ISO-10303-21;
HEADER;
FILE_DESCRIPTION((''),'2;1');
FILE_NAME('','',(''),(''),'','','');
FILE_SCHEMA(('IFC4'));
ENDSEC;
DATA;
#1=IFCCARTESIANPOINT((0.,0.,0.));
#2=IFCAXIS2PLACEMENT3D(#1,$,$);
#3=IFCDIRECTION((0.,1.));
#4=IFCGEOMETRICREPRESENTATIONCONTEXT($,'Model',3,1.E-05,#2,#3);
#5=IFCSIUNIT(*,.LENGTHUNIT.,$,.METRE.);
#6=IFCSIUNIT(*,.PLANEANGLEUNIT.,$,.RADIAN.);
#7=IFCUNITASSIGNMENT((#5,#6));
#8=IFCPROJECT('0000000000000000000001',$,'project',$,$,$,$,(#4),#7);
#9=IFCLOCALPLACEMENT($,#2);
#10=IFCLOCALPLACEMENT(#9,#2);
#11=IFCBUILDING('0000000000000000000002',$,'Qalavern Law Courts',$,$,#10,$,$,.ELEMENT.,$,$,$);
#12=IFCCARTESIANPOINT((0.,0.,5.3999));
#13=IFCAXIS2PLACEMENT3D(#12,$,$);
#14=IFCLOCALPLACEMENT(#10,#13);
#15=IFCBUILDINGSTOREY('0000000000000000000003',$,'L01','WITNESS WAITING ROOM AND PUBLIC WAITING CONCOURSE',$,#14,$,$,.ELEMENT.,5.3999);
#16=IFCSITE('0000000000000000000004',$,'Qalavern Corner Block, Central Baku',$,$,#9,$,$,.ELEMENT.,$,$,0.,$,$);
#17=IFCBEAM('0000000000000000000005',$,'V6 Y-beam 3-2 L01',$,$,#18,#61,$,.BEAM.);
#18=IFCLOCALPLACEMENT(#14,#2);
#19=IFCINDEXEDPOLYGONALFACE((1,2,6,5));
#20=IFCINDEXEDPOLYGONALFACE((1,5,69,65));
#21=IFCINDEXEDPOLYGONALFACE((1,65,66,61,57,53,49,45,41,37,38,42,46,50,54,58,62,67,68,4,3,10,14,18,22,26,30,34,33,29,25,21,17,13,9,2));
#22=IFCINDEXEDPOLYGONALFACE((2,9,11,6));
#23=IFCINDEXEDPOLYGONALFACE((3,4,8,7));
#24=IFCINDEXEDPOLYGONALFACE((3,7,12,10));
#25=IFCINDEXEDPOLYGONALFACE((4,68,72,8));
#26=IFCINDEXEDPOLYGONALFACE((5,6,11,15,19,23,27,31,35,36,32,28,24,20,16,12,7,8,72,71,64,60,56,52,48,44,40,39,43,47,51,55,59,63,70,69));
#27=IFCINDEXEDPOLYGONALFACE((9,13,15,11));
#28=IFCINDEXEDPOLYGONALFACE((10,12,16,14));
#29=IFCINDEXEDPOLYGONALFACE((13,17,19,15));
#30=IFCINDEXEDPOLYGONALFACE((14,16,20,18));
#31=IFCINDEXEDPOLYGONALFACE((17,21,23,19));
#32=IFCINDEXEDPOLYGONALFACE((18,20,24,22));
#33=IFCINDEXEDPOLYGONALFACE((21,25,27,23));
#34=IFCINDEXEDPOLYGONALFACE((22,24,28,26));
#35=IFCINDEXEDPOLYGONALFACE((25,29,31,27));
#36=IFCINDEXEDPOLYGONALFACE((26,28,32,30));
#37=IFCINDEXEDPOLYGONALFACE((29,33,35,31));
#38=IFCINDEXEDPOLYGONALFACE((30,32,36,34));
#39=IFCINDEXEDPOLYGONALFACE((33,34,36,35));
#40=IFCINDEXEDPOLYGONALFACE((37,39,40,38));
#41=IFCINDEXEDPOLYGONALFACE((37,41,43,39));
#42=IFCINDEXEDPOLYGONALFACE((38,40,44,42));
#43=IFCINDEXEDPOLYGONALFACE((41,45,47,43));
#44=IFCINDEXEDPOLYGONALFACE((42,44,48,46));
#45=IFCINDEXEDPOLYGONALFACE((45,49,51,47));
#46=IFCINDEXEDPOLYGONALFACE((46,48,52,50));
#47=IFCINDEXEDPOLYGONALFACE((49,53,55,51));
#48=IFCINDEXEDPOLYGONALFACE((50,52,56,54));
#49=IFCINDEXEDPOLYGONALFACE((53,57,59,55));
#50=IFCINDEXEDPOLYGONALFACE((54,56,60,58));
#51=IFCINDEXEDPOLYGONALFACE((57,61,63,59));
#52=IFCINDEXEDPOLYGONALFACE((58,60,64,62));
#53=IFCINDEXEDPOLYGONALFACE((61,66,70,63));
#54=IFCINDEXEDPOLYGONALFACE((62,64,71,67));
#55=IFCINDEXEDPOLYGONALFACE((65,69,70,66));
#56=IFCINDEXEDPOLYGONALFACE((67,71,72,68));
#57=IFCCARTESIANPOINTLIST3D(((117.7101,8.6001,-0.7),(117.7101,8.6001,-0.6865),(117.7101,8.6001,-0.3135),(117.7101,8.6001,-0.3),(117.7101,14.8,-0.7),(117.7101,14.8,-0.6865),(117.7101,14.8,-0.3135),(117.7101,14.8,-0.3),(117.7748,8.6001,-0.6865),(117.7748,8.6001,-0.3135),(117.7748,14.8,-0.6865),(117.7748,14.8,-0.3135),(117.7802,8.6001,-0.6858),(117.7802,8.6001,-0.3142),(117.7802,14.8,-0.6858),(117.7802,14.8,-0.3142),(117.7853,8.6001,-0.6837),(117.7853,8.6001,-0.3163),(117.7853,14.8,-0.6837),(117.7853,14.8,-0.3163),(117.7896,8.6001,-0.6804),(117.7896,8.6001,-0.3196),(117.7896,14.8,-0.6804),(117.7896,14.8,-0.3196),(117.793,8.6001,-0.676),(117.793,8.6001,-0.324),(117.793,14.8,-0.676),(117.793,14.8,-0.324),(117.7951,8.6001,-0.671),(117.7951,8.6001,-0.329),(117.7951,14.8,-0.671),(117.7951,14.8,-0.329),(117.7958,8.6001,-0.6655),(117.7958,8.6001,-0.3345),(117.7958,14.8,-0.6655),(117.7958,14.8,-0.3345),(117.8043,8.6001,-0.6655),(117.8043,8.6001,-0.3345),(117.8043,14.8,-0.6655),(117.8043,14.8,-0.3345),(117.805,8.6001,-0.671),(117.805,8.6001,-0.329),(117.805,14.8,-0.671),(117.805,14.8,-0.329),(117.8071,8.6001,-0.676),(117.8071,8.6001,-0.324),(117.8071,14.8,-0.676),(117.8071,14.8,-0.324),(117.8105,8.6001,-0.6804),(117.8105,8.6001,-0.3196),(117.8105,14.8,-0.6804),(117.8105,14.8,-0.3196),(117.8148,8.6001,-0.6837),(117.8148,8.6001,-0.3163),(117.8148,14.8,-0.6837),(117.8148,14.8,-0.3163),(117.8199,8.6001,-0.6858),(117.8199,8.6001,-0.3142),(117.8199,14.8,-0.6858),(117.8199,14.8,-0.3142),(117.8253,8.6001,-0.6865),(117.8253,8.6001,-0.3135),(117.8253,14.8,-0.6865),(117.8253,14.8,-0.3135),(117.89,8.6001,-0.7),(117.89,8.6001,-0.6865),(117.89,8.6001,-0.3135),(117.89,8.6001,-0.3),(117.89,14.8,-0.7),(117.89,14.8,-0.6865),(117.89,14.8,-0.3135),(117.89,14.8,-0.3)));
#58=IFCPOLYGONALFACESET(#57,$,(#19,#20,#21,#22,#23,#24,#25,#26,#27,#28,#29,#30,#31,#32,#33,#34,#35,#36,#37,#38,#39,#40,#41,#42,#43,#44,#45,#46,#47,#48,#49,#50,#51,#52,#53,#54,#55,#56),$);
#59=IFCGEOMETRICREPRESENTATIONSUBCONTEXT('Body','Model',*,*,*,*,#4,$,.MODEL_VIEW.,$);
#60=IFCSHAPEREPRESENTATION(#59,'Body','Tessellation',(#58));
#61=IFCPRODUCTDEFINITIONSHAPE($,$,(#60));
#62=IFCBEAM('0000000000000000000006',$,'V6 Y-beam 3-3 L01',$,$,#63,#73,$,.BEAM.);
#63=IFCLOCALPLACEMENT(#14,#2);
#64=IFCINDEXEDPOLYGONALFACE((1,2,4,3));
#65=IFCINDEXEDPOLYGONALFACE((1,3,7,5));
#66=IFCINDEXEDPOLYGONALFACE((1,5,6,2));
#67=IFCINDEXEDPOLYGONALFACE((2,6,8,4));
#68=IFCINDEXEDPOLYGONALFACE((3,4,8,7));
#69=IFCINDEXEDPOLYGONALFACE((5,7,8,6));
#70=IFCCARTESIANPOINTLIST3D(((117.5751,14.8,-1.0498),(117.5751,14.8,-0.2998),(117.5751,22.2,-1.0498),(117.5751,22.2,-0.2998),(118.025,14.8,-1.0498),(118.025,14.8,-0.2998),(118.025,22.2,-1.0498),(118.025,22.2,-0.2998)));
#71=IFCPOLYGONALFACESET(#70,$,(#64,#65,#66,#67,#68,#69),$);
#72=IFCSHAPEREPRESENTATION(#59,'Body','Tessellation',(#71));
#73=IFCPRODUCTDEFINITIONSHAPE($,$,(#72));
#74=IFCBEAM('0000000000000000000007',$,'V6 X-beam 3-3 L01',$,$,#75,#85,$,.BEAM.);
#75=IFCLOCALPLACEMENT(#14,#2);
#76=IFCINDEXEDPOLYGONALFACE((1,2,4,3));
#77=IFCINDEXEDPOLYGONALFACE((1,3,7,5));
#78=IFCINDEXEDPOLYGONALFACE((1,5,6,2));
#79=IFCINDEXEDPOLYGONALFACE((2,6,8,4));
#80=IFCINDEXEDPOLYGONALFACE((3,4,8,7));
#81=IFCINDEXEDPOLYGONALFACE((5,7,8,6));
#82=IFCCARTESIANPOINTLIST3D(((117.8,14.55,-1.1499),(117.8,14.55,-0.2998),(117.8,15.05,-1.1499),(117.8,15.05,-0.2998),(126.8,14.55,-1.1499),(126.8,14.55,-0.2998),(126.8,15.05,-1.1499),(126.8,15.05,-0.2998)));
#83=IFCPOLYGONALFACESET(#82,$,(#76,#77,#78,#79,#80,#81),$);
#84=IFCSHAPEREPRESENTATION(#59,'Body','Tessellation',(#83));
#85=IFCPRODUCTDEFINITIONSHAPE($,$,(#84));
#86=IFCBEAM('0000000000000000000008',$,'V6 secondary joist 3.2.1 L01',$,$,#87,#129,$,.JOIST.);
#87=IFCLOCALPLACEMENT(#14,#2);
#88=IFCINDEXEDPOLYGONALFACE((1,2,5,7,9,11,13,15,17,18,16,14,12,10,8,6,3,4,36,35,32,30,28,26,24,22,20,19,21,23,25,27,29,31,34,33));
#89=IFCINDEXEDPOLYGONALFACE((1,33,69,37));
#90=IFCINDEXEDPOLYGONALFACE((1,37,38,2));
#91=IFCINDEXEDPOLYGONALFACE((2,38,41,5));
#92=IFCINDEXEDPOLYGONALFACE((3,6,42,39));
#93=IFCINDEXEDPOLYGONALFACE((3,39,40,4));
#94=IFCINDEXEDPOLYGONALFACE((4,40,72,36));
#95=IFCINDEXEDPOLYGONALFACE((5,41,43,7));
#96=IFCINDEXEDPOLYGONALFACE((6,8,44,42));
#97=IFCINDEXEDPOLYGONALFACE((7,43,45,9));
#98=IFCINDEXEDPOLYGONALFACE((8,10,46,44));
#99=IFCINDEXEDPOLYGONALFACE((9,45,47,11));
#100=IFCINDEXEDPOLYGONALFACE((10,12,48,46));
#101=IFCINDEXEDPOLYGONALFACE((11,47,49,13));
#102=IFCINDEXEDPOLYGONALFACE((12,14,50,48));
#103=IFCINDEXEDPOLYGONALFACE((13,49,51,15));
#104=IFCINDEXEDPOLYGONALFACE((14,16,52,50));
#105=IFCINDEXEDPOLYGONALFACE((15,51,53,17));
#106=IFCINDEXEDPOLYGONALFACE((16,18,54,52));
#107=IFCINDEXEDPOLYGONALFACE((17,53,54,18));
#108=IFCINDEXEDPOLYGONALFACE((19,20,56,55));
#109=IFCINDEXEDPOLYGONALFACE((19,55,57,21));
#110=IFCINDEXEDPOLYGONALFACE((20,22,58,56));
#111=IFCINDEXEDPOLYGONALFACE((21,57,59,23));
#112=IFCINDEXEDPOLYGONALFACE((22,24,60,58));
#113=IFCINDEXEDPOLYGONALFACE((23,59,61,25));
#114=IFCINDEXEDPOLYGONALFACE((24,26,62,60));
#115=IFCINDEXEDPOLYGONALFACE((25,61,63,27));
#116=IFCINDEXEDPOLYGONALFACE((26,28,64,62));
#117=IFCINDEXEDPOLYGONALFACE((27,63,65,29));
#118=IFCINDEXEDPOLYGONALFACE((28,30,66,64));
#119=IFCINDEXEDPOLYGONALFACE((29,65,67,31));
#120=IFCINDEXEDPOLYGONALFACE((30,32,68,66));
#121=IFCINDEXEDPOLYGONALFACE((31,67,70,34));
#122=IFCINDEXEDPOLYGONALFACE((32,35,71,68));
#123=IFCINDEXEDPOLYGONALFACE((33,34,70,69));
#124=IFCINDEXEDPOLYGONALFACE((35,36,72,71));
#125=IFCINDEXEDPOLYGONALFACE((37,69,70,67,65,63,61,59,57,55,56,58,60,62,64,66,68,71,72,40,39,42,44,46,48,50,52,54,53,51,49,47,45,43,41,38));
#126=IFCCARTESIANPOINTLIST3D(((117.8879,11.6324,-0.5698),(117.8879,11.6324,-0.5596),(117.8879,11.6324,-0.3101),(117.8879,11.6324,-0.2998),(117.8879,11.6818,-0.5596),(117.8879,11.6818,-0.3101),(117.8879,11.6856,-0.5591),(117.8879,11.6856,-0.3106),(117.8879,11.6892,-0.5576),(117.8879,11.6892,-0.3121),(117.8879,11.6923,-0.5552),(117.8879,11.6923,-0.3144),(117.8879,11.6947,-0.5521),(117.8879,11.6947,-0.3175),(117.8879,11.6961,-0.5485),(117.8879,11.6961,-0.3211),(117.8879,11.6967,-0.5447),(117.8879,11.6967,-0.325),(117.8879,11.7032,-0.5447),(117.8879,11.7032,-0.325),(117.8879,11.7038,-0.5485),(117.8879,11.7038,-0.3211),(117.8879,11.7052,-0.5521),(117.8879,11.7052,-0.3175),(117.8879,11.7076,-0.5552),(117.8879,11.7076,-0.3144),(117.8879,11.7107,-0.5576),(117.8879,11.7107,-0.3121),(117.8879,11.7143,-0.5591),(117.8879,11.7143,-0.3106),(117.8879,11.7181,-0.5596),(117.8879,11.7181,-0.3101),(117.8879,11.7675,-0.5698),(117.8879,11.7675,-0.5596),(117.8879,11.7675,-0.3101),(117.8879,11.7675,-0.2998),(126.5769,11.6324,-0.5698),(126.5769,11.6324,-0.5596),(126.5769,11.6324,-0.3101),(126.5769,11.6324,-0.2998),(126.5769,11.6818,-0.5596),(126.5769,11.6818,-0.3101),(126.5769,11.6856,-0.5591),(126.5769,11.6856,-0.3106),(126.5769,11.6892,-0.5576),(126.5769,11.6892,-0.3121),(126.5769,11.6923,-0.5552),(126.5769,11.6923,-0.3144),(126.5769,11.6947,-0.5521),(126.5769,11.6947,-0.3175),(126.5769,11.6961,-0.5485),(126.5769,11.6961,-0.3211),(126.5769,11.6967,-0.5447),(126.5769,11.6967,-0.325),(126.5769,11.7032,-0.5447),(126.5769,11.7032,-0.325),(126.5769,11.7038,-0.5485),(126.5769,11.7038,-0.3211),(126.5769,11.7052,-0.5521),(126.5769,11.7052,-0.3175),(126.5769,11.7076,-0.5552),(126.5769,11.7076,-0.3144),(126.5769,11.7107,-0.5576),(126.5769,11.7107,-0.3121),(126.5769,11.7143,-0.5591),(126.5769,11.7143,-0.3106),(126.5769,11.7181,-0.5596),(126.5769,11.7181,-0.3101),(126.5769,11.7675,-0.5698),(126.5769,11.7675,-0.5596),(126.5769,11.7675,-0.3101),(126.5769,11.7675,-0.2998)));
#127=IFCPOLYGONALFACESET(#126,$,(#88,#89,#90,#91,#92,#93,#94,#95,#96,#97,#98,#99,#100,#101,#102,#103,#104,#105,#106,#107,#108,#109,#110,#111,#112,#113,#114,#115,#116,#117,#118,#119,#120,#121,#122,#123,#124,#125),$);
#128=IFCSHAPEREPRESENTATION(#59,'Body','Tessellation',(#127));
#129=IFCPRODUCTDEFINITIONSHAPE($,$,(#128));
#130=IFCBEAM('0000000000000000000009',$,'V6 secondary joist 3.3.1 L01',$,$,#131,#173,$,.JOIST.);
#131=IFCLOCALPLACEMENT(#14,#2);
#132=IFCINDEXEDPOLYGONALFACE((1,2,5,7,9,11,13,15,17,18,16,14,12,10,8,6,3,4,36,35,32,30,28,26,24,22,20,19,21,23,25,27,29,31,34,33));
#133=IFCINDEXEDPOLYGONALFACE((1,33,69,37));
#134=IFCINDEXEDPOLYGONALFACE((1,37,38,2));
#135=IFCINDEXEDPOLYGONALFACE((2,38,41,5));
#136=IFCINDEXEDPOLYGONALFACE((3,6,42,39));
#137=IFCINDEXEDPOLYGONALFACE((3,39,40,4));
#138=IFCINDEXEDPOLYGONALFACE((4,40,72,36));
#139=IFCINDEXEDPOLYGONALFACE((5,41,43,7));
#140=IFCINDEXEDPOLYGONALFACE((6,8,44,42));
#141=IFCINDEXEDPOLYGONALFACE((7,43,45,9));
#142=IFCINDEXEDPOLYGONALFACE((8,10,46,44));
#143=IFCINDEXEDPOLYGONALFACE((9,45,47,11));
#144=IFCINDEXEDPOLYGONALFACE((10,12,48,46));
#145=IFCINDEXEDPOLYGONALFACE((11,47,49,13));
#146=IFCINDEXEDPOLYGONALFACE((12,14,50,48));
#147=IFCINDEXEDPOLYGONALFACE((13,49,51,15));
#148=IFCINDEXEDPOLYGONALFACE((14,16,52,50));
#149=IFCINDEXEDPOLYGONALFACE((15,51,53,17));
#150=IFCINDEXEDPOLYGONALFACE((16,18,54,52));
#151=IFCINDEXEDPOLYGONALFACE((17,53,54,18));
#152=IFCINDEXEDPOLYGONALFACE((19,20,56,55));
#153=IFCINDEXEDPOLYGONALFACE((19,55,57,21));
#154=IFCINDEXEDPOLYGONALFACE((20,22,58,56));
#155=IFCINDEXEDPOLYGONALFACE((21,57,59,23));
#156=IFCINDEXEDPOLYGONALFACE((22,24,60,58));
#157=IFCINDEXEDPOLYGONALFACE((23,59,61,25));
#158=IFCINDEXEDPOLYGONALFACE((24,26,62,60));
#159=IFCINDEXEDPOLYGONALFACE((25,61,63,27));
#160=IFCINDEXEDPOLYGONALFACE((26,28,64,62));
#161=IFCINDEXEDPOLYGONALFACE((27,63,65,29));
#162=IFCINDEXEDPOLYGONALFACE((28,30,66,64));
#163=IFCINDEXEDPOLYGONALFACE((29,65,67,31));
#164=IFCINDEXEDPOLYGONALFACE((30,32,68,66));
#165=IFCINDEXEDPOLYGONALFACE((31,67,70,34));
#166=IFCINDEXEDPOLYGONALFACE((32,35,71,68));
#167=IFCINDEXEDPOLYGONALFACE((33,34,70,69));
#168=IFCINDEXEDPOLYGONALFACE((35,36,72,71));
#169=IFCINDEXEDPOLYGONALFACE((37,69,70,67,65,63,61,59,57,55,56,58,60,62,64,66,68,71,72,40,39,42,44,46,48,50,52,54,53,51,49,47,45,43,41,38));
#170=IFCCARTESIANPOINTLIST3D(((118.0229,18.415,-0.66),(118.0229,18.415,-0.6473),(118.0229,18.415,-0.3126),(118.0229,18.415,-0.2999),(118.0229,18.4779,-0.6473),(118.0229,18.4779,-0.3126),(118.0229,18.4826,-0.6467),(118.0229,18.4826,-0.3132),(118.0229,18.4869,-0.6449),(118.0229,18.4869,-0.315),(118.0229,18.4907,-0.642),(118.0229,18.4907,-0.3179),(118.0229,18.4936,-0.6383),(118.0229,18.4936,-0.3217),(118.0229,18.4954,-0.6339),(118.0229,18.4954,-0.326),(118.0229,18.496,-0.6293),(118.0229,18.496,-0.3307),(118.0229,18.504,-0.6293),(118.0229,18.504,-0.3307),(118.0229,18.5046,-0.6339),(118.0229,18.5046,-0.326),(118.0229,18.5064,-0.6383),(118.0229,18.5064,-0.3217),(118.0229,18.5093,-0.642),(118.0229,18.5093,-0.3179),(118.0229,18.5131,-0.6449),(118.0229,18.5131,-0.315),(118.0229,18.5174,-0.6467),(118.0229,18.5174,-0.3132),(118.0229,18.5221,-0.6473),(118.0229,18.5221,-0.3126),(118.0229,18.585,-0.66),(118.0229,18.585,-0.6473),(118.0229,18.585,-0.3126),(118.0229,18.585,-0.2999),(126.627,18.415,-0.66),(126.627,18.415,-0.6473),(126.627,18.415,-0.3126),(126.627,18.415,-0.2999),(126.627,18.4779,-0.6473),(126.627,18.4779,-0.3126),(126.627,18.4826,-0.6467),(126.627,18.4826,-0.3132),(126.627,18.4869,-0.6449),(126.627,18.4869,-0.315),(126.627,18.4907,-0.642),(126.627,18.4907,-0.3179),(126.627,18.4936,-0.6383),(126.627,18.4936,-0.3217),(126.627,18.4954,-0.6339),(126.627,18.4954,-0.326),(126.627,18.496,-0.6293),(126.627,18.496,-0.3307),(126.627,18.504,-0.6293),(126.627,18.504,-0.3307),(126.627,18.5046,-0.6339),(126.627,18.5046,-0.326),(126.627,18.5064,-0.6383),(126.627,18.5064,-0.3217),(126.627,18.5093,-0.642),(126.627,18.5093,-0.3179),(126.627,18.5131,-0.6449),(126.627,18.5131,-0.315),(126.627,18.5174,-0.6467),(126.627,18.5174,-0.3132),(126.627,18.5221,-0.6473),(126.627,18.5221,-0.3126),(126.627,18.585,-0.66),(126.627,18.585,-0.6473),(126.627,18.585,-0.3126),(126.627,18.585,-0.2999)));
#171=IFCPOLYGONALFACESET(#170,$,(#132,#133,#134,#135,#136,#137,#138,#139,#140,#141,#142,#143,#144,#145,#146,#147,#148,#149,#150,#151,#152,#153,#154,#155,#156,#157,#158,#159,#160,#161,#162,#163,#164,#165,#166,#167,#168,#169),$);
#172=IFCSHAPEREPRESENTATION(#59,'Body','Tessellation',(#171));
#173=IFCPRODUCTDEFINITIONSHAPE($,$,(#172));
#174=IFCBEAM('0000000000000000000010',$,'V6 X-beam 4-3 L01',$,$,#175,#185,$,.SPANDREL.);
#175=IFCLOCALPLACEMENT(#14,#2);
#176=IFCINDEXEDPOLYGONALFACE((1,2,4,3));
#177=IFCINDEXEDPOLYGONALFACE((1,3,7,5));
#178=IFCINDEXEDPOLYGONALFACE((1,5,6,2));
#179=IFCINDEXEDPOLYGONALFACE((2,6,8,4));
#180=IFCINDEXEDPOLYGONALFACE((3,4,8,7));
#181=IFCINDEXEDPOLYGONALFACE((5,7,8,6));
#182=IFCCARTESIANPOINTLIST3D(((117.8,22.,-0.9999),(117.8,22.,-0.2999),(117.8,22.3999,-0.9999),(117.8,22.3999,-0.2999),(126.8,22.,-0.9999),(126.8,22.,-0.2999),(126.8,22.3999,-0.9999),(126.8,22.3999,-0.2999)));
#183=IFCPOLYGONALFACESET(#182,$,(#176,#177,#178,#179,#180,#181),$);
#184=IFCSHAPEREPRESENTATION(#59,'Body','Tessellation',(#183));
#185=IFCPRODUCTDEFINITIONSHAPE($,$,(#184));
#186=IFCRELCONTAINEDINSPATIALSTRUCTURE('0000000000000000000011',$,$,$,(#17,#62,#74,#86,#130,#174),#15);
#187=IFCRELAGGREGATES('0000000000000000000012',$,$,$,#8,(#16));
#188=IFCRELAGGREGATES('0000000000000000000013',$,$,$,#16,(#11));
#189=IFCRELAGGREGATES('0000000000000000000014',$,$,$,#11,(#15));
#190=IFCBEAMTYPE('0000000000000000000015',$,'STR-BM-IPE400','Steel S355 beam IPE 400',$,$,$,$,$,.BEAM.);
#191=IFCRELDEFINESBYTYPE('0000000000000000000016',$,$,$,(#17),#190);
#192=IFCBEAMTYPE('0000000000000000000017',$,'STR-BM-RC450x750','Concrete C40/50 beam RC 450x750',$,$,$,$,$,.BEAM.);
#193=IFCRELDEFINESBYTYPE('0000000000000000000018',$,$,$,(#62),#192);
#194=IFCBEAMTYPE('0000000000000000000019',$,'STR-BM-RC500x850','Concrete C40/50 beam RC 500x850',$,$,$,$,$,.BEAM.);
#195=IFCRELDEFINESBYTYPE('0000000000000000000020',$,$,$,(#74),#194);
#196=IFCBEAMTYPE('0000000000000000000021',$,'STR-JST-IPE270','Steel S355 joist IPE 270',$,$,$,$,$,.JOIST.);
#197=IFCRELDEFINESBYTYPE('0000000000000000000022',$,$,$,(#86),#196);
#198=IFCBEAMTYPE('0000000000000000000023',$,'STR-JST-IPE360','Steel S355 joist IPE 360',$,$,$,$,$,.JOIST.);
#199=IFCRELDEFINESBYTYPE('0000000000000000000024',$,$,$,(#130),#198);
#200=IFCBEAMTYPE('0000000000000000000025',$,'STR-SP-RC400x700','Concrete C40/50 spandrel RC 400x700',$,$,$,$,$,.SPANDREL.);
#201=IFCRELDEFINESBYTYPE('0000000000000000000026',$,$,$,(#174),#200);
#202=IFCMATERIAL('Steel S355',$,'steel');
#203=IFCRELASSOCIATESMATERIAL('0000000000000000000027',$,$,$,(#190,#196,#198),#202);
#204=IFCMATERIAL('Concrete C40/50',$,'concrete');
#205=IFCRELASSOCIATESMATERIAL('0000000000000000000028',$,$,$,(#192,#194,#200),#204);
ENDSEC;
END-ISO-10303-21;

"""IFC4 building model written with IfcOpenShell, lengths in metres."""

from ifc_helpers import new_model, si_unit, direction, frame, origin, origin_2d, place, context, subcontext, project, spatial, rectangle, i_section, extrude, material, material_profile, profile_set, type_object, element, save


model = new_model("IFC4")

# Units and contexts
model_context = context("Model", 3, precision=1e-05, world=origin(), true_north=direction((0.0, 1.0)))
body_context = subcontext(model_context, "Body", "Model", "MODEL_VIEW")
ifc_project = project(units=[si_unit("LENGTHUNIT", "METRE"), si_unit("PLANEANGLEUNIT", "RADIAN")], contexts=[model_context])

# Site, building, storey
site_placement = place(None, origin())
site = spatial("IfcSite", under=ifc_project, at=site_placement, Name="Qalavern Corner Block, Central Baku", CompositionType="ELEMENT", RefElevation=0.0)
building_placement = place(site_placement, origin())
building = spatial("IfcBuilding", under=site, at=building_placement, Name="Qalavern Law Courts", CompositionType="ELEMENT")
storey_placement = place(building_placement, frame((0.0, 0.0, 5.3999)))
storey = spatial("IfcBuildingStorey", under=building, at=storey_placement, Name="L01", Description="WITNESS WAITING ROOM AND PUBLIC WAITING CONCOURSE", CompositionType="ELEMENT", Elevation=5.3999)

# Beams
ifc_material_1 = material(Name="Steel S355", Category="steel")
ifc_material_profile_1 = material_profile(ifc_material_1, i_section(OverallWidth=0.1799, OverallDepth=0.3999, WebThickness=0.0085, FlangeThickness=0.0134, FilletRadius=0.021, at=origin_2d()), Name="IPE 400")
ifc_profile_set_1 = profile_set([ifc_material_profile_1], Name="Steel S355")
beam_type_1 = type_object("IfcBeamType", Name="STR-BM-IPE400", Description="Steel S355 beam IPE 400", PredefinedType="BEAM", material=ifc_profile_set_1)
beam_1_placement = place(storey_placement, frame((117.8, 8.6001, -0.5), z_axis=(0.0, 1.0, 0.0), x_axis=(-1.0, 0.0, 0.0)))
element("IfcBeam", 1, at=beam_1_placement, inside=storey, type_object=beam_type_1, Name="V6 Y-beam 3-2 L01", PredefinedType="BEAM", context=body_context, shape_type="SweptSolid", body=[
    extrude(i_section(OverallWidth=0.1799, OverallDepth=0.3999, WebThickness=0.0085, FlangeThickness=0.0134, FilletRadius=0.021, at=origin_2d()), origin(), (0.0, 0.0, 1.0), 6.2),
])
ifc_material_2 = material(Name="Concrete C40/50", Category="concrete")
ifc_material_profile_2 = material_profile(ifc_material_2, rectangle(XDim=0.45, YDim=0.75, at=origin_2d()), Name="RC 450x750")
ifc_profile_set_2 = profile_set([ifc_material_profile_2], Name="Concrete C40/50")
beam_type_2 = type_object("IfcBeamType", Name="STR-BM-RC450x750", Description="Concrete C40/50 beam RC 450x750", PredefinedType="BEAM", material=ifc_profile_set_2)
beam_2_placement = place(storey_placement, frame((117.8, 14.8, -0.6748), z_axis=(0.0, 1.0, 0.0), x_axis=(-1.0, 0.0, 0.0)))
element("IfcBeam", 2, at=beam_2_placement, inside=storey, type_object=beam_type_2, Name="V6 Y-beam 3-3 L01", PredefinedType="BEAM", context=body_context, shape_type="SweptSolid", body=[
    extrude(rectangle(XDim=0.45, YDim=0.75, at=origin_2d()), origin(), (0.0, 0.0, 1.0), 7.3999),
])
ifc_material_profile_3 = material_profile(ifc_material_2, rectangle(XDim=0.5, YDim=0.8501, at=origin_2d()), Name="RC 500x850")
ifc_profile_set_3 = profile_set([ifc_material_profile_3], Name="Concrete C40/50")
beam_type_3 = type_object("IfcBeamType", Name="STR-BM-RC500x850", Description="Concrete C40/50 beam RC 500x850", PredefinedType="BEAM", material=ifc_profile_set_3)
beam_3_placement = place(storey_placement, frame((117.8, 14.8, -0.7249), z_axis=(1.0, 0.0, 0.0), x_axis=(0.0, 1.0, 0.0)))
element("IfcBeam", 3, at=beam_3_placement, inside=storey, type_object=beam_type_3, Name="V6 X-beam 3-3 L01", PredefinedType="BEAM", context=body_context, shape_type="SweptSolid", body=[
    extrude(rectangle(XDim=0.5, YDim=0.8501, at=origin_2d()), origin(), (0.0, 0.0, 1.0), 9.0),
])
ifc_material_profile_4 = material_profile(ifc_material_1, i_section(OverallWidth=0.135, OverallDepth=0.27, WebThickness=0.0066, FlangeThickness=0.0103, FilletRadius=0.0149, at=origin_2d()), Name="IPE 270")
ifc_profile_set_4 = profile_set([ifc_material_profile_4], Name="Steel S355")
beam_type_4 = type_object("IfcBeamType", Name="STR-JST-IPE270", Description="Steel S355 joist IPE 270", PredefinedType="JOIST", material=ifc_profile_set_4)
beam_4_placement = place(storey_placement, frame((117.8879, 11.7, -0.4348), z_axis=(1.0, 0.0, 0.0), x_axis=(0.0, 1.0, 0.0)))
element("IfcBeam", 4, at=beam_4_placement, inside=storey, type_object=beam_type_4, Name="V6 secondary joist 3.2.1 L01", PredefinedType="JOIST", context=body_context, shape_type="SweptSolid", body=[
    extrude(i_section(OverallWidth=0.135, OverallDepth=0.27, WebThickness=0.0066, FlangeThickness=0.0103, FilletRadius=0.0149, at=origin_2d()), origin(), (0.0, 0.0, 1.0), 8.689),
])
ifc_material_profile_5 = material_profile(ifc_material_1, i_section(OverallWidth=0.1699, OverallDepth=0.3601, WebThickness=0.0081, FlangeThickness=0.0127, FilletRadius=0.0181, at=origin_2d()), Name="IPE 360")
ifc_profile_set_5 = profile_set([ifc_material_profile_5], Name="Steel S355")
beam_type_5 = type_object("IfcBeamType", Name="STR-JST-IPE360", Description="Steel S355 joist IPE 360", PredefinedType="JOIST", material=ifc_profile_set_5)
beam_5_placement = place(storey_placement, frame((118.0229, 18.5, -0.48), z_axis=(1.0, 0.0, 0.0), x_axis=(0.0, 1.0, 0.0)))
element("IfcBeam", 5, at=beam_5_placement, inside=storey, type_object=beam_type_5, Name="V6 secondary joist 3.3.1 L01", PredefinedType="JOIST", context=body_context, shape_type="SweptSolid", body=[
    extrude(i_section(OverallWidth=0.1699, OverallDepth=0.3601, WebThickness=0.0081, FlangeThickness=0.0127, FilletRadius=0.0181, at=origin_2d()), origin(), (0.0, 0.0, 1.0), 8.604),
])
ifc_material_profile_6 = material_profile(ifc_material_2, rectangle(XDim=0.3999, YDim=0.7, at=origin_2d()), Name="RC 400x700")
ifc_profile_set_6 = profile_set([ifc_material_profile_6], Name="Concrete C40/50")
beam_type_6 = type_object("IfcBeamType", Name="STR-SP-RC400x700", Description="Concrete C40/50 spandrel RC 400x700", PredefinedType="SPANDREL", material=ifc_profile_set_6)
beam_6_placement = place(storey_placement, frame((117.8, 22.2, -0.6499), z_axis=(1.0, 0.0, 0.0), x_axis=(0.0, 1.0, 0.0)))
element("IfcBeam", 6, at=beam_6_placement, inside=storey, type_object=beam_type_6, Name="V6 X-beam 4-3 L01", PredefinedType="SPANDREL", context=body_context, shape_type="SweptSolid", body=[
    extrude(rectangle(XDim=0.3999, YDim=0.7, at=origin_2d()), origin(), (0.0, 0.0, 1.0), 9.0),
])

save(model, "model.ifc")
